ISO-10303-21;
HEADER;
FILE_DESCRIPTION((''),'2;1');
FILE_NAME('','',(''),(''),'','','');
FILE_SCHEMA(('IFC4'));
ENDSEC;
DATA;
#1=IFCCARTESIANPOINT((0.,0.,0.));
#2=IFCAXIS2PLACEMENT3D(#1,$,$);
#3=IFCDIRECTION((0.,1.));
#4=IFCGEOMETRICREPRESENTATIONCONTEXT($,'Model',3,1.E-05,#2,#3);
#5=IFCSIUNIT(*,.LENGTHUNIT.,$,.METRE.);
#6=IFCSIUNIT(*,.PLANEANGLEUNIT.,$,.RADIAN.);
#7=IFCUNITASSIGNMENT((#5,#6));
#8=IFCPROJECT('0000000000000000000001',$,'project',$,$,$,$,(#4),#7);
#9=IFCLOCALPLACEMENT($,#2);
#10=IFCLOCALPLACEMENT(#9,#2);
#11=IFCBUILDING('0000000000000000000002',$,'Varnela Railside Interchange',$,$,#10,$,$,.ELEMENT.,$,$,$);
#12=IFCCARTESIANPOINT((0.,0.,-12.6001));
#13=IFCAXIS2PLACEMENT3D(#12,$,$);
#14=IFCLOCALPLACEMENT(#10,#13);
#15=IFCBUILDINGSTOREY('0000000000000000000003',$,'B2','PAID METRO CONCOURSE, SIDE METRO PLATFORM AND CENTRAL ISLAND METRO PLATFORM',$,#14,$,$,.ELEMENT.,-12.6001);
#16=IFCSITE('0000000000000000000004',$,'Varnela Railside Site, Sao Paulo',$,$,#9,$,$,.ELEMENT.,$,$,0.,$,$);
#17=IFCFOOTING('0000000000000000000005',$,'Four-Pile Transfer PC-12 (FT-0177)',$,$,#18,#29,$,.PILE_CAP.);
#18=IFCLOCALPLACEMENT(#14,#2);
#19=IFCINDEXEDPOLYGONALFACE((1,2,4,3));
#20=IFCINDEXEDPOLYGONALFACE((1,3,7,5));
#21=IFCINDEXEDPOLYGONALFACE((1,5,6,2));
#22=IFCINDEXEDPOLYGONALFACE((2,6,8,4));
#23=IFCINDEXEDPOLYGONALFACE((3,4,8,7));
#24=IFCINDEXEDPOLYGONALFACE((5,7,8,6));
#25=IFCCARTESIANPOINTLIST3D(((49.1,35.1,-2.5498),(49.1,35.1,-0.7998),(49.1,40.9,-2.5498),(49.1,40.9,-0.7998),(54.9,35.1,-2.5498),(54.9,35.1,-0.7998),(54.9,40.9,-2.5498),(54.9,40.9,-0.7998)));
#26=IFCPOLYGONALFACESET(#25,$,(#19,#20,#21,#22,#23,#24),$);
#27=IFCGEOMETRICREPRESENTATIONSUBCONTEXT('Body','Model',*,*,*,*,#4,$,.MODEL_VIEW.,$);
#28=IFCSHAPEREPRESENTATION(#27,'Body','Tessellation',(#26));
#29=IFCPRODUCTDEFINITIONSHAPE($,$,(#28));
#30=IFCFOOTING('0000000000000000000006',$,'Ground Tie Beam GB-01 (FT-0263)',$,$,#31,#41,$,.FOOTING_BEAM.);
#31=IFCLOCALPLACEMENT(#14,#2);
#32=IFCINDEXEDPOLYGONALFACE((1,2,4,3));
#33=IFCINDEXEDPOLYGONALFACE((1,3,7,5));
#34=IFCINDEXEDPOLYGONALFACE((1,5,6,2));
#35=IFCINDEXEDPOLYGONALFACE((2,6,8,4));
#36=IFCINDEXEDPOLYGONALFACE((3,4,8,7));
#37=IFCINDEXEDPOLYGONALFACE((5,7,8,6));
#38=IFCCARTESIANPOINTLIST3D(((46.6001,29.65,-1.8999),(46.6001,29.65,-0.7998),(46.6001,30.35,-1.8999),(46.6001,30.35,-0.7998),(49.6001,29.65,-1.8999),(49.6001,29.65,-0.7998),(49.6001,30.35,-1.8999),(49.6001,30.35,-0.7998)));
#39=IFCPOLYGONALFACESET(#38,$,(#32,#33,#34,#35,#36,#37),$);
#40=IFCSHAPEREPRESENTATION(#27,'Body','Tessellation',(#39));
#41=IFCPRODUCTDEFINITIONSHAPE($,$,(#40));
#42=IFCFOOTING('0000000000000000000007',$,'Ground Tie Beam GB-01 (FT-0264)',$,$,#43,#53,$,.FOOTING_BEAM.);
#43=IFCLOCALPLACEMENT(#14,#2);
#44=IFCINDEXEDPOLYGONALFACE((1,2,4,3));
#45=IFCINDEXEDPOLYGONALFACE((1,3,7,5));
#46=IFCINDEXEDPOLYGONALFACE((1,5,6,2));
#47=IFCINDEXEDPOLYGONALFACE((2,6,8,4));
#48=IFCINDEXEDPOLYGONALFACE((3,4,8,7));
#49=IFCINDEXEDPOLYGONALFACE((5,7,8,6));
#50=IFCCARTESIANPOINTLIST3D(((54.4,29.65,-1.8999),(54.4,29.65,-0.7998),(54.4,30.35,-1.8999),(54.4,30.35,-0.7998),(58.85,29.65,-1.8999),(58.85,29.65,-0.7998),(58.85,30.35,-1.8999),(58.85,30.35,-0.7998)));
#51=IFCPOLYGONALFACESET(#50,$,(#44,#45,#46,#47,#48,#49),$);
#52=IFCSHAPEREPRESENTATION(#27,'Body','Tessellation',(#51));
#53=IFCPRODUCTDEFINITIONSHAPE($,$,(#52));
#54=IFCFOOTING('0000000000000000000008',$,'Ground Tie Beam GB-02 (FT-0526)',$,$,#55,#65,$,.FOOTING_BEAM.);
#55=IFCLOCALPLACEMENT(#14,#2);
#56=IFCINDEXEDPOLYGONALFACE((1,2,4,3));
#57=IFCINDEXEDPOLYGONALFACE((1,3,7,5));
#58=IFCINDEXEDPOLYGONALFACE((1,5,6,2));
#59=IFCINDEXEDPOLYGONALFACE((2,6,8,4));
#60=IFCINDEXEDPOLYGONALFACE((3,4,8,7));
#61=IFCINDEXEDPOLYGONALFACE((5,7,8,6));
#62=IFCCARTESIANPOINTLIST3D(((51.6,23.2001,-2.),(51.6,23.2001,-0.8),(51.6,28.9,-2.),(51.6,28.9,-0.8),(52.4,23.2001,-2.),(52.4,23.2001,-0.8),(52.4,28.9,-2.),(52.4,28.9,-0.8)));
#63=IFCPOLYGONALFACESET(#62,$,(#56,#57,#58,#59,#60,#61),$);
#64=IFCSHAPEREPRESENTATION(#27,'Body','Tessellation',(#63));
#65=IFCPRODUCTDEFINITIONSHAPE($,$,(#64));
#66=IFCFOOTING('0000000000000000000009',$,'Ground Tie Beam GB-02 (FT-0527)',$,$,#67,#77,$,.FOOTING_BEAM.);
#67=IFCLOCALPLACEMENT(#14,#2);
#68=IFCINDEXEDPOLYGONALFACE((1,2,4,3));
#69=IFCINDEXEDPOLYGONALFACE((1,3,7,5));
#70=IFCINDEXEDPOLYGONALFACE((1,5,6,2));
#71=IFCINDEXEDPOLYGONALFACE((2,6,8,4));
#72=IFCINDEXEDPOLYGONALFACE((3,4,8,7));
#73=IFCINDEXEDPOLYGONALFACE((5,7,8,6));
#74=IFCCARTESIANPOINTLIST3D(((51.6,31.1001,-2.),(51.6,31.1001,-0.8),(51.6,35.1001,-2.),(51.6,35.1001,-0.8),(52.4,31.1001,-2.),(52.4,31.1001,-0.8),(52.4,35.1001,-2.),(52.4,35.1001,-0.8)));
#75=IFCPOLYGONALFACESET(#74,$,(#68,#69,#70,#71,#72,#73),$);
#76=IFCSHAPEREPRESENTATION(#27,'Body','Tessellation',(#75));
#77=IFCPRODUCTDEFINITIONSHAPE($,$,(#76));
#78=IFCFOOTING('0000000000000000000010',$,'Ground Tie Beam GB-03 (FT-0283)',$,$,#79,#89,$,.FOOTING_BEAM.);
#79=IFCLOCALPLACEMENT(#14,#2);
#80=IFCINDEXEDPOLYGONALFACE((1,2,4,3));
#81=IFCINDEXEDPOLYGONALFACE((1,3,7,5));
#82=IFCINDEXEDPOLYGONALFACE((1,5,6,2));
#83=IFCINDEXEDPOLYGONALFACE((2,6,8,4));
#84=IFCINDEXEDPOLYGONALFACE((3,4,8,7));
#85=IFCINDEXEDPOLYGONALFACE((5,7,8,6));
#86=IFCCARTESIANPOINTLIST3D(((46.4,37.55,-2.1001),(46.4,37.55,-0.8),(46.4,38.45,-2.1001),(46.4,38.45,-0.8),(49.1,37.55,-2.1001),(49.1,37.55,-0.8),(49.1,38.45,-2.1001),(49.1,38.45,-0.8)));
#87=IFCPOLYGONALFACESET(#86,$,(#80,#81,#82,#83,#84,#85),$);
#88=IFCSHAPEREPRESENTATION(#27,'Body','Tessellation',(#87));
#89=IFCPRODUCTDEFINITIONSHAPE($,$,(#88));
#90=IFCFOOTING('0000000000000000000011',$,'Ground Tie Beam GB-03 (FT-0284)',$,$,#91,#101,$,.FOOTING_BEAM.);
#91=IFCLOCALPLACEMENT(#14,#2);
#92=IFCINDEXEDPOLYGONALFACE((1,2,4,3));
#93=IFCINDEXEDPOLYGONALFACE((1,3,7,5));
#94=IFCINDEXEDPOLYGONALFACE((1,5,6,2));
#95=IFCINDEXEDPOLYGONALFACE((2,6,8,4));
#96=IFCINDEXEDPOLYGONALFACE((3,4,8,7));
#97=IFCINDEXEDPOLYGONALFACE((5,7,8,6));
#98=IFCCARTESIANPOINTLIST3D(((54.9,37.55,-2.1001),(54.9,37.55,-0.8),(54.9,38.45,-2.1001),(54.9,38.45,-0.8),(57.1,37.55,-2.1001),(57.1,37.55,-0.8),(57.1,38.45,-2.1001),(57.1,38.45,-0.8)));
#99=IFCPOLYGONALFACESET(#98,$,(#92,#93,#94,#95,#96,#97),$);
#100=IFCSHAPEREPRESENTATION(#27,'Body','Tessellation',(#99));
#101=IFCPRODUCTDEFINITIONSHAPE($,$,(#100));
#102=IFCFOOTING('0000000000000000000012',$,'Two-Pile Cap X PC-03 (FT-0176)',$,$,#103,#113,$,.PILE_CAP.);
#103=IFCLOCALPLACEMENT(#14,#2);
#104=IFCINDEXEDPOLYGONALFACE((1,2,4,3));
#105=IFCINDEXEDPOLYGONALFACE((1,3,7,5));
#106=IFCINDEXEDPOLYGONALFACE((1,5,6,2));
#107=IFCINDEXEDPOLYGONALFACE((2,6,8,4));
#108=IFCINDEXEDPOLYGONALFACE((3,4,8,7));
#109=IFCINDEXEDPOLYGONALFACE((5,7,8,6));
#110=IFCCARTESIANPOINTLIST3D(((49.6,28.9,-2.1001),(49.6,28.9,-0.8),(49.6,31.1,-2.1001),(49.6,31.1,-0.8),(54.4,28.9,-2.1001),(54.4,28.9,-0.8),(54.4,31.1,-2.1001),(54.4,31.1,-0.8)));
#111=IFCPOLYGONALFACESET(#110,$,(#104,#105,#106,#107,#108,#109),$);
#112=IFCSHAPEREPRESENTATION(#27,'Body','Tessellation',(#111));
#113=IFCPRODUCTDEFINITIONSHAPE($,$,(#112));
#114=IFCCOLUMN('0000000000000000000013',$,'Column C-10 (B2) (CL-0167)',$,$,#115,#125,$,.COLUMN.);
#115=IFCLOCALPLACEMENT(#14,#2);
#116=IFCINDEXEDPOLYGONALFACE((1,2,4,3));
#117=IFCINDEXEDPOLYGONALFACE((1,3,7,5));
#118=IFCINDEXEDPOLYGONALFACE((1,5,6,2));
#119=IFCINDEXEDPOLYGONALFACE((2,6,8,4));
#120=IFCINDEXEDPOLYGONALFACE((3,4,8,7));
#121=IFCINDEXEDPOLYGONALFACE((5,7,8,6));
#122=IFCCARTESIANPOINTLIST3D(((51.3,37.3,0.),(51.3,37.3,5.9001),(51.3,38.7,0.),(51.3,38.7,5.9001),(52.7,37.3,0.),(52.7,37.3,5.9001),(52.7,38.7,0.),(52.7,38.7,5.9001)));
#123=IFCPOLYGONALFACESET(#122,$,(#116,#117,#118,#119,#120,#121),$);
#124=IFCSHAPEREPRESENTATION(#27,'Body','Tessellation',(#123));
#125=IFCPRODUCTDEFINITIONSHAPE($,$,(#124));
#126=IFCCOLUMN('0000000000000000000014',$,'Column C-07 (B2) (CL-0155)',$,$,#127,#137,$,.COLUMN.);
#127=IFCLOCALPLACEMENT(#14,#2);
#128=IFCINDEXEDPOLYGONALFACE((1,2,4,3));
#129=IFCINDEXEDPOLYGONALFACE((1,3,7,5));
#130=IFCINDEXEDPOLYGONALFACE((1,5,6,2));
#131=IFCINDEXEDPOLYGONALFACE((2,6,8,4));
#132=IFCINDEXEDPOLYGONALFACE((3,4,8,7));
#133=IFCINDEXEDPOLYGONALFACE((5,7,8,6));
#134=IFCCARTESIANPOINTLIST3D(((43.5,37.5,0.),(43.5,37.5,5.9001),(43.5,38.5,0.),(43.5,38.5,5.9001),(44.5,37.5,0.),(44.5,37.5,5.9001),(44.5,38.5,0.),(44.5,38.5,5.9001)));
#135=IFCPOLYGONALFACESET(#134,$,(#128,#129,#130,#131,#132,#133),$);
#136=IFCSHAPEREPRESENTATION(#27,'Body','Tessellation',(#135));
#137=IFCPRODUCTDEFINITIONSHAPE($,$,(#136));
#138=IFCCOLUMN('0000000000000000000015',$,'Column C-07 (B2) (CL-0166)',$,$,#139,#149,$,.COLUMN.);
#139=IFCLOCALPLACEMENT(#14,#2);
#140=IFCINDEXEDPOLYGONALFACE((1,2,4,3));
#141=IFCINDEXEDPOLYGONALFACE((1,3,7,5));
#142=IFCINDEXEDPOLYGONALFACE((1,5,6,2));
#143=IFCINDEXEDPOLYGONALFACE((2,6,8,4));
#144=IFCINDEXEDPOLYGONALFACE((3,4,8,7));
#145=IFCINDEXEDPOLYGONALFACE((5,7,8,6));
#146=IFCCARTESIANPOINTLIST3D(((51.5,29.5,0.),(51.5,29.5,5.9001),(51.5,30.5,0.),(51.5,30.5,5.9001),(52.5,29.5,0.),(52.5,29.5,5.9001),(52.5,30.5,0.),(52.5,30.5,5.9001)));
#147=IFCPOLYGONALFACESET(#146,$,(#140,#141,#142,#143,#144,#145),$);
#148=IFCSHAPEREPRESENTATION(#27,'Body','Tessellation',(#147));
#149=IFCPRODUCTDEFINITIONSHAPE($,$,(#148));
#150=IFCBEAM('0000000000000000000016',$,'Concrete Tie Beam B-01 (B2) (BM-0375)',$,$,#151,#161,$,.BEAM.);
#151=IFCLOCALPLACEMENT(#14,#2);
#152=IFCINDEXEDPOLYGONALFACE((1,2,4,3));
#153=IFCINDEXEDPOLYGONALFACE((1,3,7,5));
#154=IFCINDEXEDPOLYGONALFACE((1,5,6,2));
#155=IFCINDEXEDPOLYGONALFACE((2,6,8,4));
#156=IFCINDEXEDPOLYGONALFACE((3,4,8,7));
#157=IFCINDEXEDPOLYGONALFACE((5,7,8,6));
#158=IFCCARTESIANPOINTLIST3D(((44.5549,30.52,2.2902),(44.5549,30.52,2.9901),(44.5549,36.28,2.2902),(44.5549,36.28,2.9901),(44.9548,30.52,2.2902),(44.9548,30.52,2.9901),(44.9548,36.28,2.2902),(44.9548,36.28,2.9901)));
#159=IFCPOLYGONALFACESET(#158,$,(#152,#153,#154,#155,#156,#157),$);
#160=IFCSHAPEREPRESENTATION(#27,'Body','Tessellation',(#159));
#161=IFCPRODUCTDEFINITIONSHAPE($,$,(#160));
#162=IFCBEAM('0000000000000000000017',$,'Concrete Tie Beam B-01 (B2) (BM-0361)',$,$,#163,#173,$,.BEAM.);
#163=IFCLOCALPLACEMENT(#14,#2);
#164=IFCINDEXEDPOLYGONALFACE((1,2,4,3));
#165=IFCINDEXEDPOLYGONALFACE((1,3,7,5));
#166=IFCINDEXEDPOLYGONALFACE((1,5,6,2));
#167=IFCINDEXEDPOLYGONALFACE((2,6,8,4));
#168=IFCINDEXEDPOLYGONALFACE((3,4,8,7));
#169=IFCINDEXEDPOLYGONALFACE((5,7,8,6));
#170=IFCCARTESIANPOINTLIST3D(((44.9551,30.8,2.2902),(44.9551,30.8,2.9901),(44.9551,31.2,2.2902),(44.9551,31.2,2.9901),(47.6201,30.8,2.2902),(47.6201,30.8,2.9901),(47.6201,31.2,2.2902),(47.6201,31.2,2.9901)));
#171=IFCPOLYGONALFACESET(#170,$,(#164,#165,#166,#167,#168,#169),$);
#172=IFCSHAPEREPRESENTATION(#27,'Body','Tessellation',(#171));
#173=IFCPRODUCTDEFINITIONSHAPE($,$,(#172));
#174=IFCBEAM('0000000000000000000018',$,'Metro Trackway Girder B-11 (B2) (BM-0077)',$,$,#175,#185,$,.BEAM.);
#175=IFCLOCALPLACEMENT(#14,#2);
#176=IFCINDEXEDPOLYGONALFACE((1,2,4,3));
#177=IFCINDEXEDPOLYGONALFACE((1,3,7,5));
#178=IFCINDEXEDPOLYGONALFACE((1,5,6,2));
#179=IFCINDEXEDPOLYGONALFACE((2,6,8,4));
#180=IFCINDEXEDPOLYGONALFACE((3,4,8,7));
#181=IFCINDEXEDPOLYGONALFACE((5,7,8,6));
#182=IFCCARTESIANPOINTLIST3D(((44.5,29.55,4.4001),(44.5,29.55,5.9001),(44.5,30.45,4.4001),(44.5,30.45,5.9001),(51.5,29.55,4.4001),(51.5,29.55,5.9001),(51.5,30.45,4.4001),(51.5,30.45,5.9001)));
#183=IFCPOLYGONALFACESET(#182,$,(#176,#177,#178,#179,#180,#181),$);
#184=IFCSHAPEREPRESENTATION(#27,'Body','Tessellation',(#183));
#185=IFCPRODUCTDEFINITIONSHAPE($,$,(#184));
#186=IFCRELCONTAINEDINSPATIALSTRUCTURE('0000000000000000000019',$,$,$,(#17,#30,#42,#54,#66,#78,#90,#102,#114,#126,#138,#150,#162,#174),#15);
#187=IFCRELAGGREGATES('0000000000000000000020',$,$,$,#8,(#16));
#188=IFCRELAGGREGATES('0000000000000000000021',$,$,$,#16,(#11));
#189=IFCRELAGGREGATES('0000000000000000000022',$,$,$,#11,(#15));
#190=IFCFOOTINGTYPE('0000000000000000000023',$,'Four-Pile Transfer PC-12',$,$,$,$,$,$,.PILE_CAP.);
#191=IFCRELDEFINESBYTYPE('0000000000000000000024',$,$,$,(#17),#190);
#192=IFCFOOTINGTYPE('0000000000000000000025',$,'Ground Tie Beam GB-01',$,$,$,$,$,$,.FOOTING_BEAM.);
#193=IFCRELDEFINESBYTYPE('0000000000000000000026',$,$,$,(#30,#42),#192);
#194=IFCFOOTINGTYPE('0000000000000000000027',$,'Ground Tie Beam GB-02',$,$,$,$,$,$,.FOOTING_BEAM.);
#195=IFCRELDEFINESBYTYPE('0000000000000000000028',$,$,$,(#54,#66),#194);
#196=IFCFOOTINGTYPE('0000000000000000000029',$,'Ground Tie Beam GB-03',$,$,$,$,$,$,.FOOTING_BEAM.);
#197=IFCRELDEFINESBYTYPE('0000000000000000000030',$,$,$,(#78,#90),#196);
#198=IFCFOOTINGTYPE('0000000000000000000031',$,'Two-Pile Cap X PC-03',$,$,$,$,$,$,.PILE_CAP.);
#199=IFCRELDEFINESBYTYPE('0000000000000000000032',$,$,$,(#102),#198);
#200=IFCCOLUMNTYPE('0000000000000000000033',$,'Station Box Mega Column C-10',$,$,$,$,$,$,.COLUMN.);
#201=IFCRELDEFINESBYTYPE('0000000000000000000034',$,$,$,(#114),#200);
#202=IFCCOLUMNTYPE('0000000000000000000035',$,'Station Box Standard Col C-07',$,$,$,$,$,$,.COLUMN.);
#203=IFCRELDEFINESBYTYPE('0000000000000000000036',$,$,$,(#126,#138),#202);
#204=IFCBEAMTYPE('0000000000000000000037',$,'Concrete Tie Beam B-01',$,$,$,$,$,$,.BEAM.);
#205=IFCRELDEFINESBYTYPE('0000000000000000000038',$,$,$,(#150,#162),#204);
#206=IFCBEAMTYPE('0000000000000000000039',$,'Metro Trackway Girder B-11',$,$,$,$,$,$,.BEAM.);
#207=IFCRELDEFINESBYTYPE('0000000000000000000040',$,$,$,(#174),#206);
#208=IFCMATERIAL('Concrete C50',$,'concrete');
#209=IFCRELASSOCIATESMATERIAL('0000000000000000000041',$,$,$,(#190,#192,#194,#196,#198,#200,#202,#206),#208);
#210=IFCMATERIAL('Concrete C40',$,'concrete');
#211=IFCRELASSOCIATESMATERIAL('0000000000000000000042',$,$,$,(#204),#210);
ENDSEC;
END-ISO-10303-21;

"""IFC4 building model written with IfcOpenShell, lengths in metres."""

from ifc_helpers import new_model, si_unit, direction, frame, origin, origin_2d, place, context, subcontext, project, spatial, rectangle, extrude, material, material_profile, profile_set, type_object, element, save


model = new_model("IFC4")

# Units and contexts
model_context = context("Model", 3, precision=1e-05, world=origin(), true_north=direction((0.0, 1.0)))
body_context = subcontext(model_context, "Body", "Model", "MODEL_VIEW")
ifc_project = project(units=[si_unit("LENGTHUNIT", "METRE"), si_unit("PLANEANGLEUNIT", "RADIAN")], contexts=[model_context])

# Site, building, storey
site_placement = place(None, origin())
site = spatial("IfcSite", under=ifc_project, at=site_placement, Name="Varnela Railside Site, Sao Paulo", CompositionType="ELEMENT", RefElevation=0.0)
building_placement = place(site_placement, origin())
building = spatial("IfcBuilding", under=site, at=building_placement, Name="Varnela Railside Interchange", CompositionType="ELEMENT")
storey_placement = place(building_placement, frame((0.0, 0.0, -12.6001)))
storey = spatial("IfcBuildingStorey", under=building, at=storey_placement, Name="B2", Description="PAID METRO CONCOURSE, SIDE METRO PLATFORM AND CENTRAL ISLAND METRO PLATFORM", CompositionType="ELEMENT", Elevation=-12.6001)

# Shared definitions
ifc_material_1 = material(Name="Concrete C40", Category="concrete")

# Footings
ifc_material_2 = material(Name="Concrete C50", Category="concrete")
footing_type_1 = type_object("IfcFootingType", Name="Four-Pile Transfer PC-12", PredefinedType="PILE_CAP", material=ifc_material_2)
footing_1_placement = place(storey_placement, frame((52.0, 38.0, -2.5498), z_axis=(0.0, 0.0, 1.0), x_axis=(1.0, 0.0, 0.0)))
element("IfcFooting", 1, at=footing_1_placement, inside=storey, type_object=footing_type_1, Name="Four-Pile Transfer PC-12 (FT-0177)", PredefinedType="PILE_CAP", context=body_context, shape_type="SweptSolid", body=[
    extrude(rectangle(XDim=5.8, YDim=5.8, at=origin_2d()), origin(), (0.0, 0.0, 1.0), 1.75),
])
footing_type_2 = type_object("IfcFootingType", Name="Ground Tie Beam GB-01", PredefinedType="FOOTING_BEAM", material=ifc_material_2)
footing_2_placement = place(storey_placement, frame((48.1001, 30.0, -1.8999), z_axis=(0.0, 0.0, 1.0), x_axis=(1.0, 0.0, 0.0)))
element("IfcFooting", 2, at=footing_2_placement, inside=storey, type_object=footing_type_2, Name="Ground Tie Beam GB-01 (FT-0263)", PredefinedType="FOOTING_BEAM", context=body_context, shape_type="SweptSolid", body=[
    extrude(rectangle(XDim=3.0, YDim=0.7, at=origin_2d()), origin(), (0.0, 0.0, 1.0), 1.1001),
])
footing_3_placement = place(storey_placement, frame((56.625, 30.0, -1.8999), z_axis=(0.0, 0.0, 1.0), x_axis=(1.0, 0.0, 0.0)))
element("IfcFooting", 3, at=footing_3_placement, inside=storey, type_object=footing_type_2, Name="Ground Tie Beam GB-01 (FT-0264)", PredefinedType="FOOTING_BEAM", context=body_context, shape_type="SweptSolid", body=[
    extrude(rectangle(XDim=4.45, YDim=0.7, at=origin_2d()), origin(), (0.0, 0.0, 1.0), 1.1001),
])
footing_type_3 = type_object("IfcFootingType", Name="Ground Tie Beam GB-02", PredefinedType="FOOTING_BEAM", material=ifc_material_2)
footing_4_placement = place(storey_placement, frame((52.0, 26.05, -2.0), z_axis=(0.0, 0.0, 1.0), x_axis=(1.0, 0.0, 0.0)))
element("IfcFooting", 4, at=footing_4_placement, inside=storey, type_object=footing_type_3, Name="Ground Tie Beam GB-02 (FT-0526)", PredefinedType="FOOTING_BEAM", context=body_context, shape_type="SweptSolid", body=[
    extrude(rectangle(XDim=0.8, YDim=5.7, at=origin_2d()), origin(), (0.0, 0.0, 1.0), 1.2),
])
footing_5_placement = place(storey_placement, frame((52.0, 33.1001, -2.0), z_axis=(0.0, 0.0, 1.0), x_axis=(1.0, 0.0, 0.0)))
element("IfcFooting", 5, at=footing_5_placement, inside=storey, type_object=footing_type_3, Name="Ground Tie Beam GB-02 (FT-0527)", PredefinedType="FOOTING_BEAM", context=body_context, shape_type="SweptSolid", body=[
    extrude(rectangle(XDim=0.8, YDim=4.0, at=origin_2d()), origin(), (0.0, 0.0, 1.0), 1.2),
])
footing_type_4 = type_object("IfcFootingType", Name="Ground Tie Beam GB-03", PredefinedType="FOOTING_BEAM", material=ifc_material_2)
footing_6_placement = place(storey_placement, frame((47.75, 38.0, -2.1001), z_axis=(0.0, 0.0, 1.0), x_axis=(1.0, 0.0, 0.0)))
element("IfcFooting", 6, at=footing_6_placement, inside=storey, type_object=footing_type_4, Name="Ground Tie Beam GB-03 (FT-0283)", PredefinedType="FOOTING_BEAM", context=body_context, shape_type="SweptSolid", body=[
    extrude(rectangle(XDim=2.7, YDim=0.8999, at=origin_2d()), origin(), (0.0, 0.0, 1.0), 1.3),
])
footing_7_placement = place(storey_placement, frame((56.0, 38.0, -2.1001), z_axis=(0.0, 0.0, 1.0), x_axis=(1.0, 0.0, 0.0)))
element("IfcFooting", 7, at=footing_7_placement, inside=storey, type_object=footing_type_4, Name="Ground Tie Beam GB-03 (FT-0284)", PredefinedType="FOOTING_BEAM", context=body_context, shape_type="SweptSolid", body=[
    extrude(rectangle(XDim=2.2, YDim=0.8999, at=origin_2d()), origin(), (0.0, 0.0, 1.0), 1.3),
])
footing_type_5 = type_object("IfcFootingType", Name="Two-Pile Cap X PC-03", PredefinedType="PILE_CAP", material=ifc_material_2)
footing_8_placement = place(storey_placement, frame((52.0, 30.0, -2.1001), z_axis=(0.0, 0.0, 1.0), x_axis=(1.0, 0.0, 0.0)))
element("IfcFooting", 8, at=footing_8_placement, inside=storey, type_object=footing_type_5, Name="Two-Pile Cap X PC-03 (FT-0176)", PredefinedType="PILE_CAP", context=body_context, shape_type="SweptSolid", body=[
    extrude(rectangle(XDim=4.8, YDim=2.2, at=origin_2d()), origin(), (0.0, 0.0, 1.0), 1.3),
])

# Columns
ifc_material_profile_1 = material_profile(ifc_material_2, rectangle(XDim=1.3999, YDim=1.3999, at=origin_2d()), Name="RC 1400x1400")
ifc_profile_set_1 = profile_set([ifc_material_profile_1], Name="Concrete C50")
column_type_1 = type_object("IfcColumnType", Name="Station Box Mega Column C-10", PredefinedType="COLUMN", material=ifc_profile_set_1)
column_placement = place(storey_placement, frame((52.0, 38.0, 0.0), z_axis=(0.0, 0.0, 1.0), x_axis=(1.0, 0.0, 0.0)))
element("IfcColumn", 9, at=column_placement, inside=storey, type_object=column_type_1, Name="Column C-10 (B2) (CL-0167)", PredefinedType="COLUMN", context=body_context, shape_type="SweptSolid", body=[
    extrude(rectangle(XDim=1.3999, YDim=1.3999, at=origin_2d()), origin(), (0.0, 0.0, 1.0), 5.9001),
])
ifc_material_profile_2 = material_profile(ifc_material_2, rectangle(XDim=1.0, YDim=1.0, at=origin_2d()), Name="RC 1000x1000")
ifc_profile_set_2 = profile_set([ifc_material_profile_2], Name="Concrete C50")
column_type_2 = type_object("IfcColumnType", Name="Station Box Standard Col C-07", PredefinedType="COLUMN", material=ifc_profile_set_2)
for number, where, z_axis, x_axis, name in (
    (10, (44.0, 38.0, 0.0), (0.0, 0.0, 1.0), (1.0, 0.0, 0.0), "Column C-07 (B2) (CL-0155)"),
    (11, (52.0, 30.0, 0.0), (0.0, 0.0, 1.0), (1.0, 0.0, 0.0), "Column C-07 (B2) (CL-0166)"),
):
    element("IfcColumn", number, at=place(storey_placement, frame(where, z_axis=z_axis, x_axis=x_axis)), inside=storey, type_object=column_type_2, Name=name, PredefinedType="COLUMN", context=body_context, shape_type="SweptSolid", body=[
        extrude(rectangle(XDim=1.0, YDim=1.0, at=origin_2d()), origin(), (0.0, 0.0, 1.0), 5.9001),
    ])

# Beams
ifc_material_profile_3 = material_profile(ifc_material_1, rectangle(XDim=0.3999, YDim=0.7, at=origin_2d()), Name="RC 400x700")
ifc_profile_set_3 = profile_set([ifc_material_profile_3], Name="Concrete C40")
beam_type_1 = type_object("IfcBeamType", Name="Concrete Tie Beam B-01", PredefinedType="BEAM", material=ifc_profile_set_3)
beam_1_placement = place(storey_placement, frame((44.7549, 30.52, 2.6401), z_axis=(0.0, 1.0, 0.0), x_axis=(-1.0, 0.0, 0.0)))
element("IfcBeam", 12, at=beam_1_placement, inside=storey, type_object=beam_type_1, Name="Concrete Tie Beam B-01 (B2) (BM-0375)", PredefinedType="BEAM", context=body_context, shape_type="SweptSolid", body=[
    extrude(rectangle(XDim=0.3999, YDim=0.7, at=origin_2d()), origin(), (0.0, 0.0, 1.0), 5.76),
])
beam_2_placement = place(storey_placement, frame((44.9551, 31.0, 2.6401), z_axis=(1.0, 0.0, 0.0), x_axis=(0.0, 1.0, 0.0)))
element("IfcBeam", 13, at=beam_2_placement, inside=storey, type_object=beam_type_1, Name="Concrete Tie Beam B-01 (B2) (BM-0361)", PredefinedType="BEAM", context=body_context, shape_type="SweptSolid", body=[
    extrude(rectangle(XDim=0.3999, YDim=0.7, at=origin_2d()), origin(), (0.0, 0.0, 1.0), 2.665),
])
ifc_material_profile_4 = material_profile(ifc_material_2, rectangle(XDim=0.8999, YDim=1.5, at=origin_2d()), Name="RC 900x1500")
ifc_profile_set_4 = profile_set([ifc_material_profile_4], Name="Concrete C50")
beam_type_2 = type_object("IfcBeamType", Name="Metro Trackway Girder B-11", PredefinedType="BEAM", material=ifc_profile_set_4)
for number, where, z_axis, x_axis, name in (
    (14, (44.5, 30.0, 5.1501), (1.0, 0.0, 0.0), (0.0, 1.0, 0.0), "Metro Trackway Girder B-11 (B2) (BM-0077)"),
):
    element("IfcBeam", number, at=place(storey_placement, frame(where, z_axis=z_axis, x_axis=x_axis)), inside=storey, type_object=beam_type_2, Name=name, PredefinedType="BEAM", context=body_context, shape_type="SweptSolid", body=[
        extrude(rectangle(XDim=0.8999, YDim=1.5, at=origin_2d()), origin(), (0.0, 0.0, 1.0), 7.0),
    ])

save(model, "model.ifc")
